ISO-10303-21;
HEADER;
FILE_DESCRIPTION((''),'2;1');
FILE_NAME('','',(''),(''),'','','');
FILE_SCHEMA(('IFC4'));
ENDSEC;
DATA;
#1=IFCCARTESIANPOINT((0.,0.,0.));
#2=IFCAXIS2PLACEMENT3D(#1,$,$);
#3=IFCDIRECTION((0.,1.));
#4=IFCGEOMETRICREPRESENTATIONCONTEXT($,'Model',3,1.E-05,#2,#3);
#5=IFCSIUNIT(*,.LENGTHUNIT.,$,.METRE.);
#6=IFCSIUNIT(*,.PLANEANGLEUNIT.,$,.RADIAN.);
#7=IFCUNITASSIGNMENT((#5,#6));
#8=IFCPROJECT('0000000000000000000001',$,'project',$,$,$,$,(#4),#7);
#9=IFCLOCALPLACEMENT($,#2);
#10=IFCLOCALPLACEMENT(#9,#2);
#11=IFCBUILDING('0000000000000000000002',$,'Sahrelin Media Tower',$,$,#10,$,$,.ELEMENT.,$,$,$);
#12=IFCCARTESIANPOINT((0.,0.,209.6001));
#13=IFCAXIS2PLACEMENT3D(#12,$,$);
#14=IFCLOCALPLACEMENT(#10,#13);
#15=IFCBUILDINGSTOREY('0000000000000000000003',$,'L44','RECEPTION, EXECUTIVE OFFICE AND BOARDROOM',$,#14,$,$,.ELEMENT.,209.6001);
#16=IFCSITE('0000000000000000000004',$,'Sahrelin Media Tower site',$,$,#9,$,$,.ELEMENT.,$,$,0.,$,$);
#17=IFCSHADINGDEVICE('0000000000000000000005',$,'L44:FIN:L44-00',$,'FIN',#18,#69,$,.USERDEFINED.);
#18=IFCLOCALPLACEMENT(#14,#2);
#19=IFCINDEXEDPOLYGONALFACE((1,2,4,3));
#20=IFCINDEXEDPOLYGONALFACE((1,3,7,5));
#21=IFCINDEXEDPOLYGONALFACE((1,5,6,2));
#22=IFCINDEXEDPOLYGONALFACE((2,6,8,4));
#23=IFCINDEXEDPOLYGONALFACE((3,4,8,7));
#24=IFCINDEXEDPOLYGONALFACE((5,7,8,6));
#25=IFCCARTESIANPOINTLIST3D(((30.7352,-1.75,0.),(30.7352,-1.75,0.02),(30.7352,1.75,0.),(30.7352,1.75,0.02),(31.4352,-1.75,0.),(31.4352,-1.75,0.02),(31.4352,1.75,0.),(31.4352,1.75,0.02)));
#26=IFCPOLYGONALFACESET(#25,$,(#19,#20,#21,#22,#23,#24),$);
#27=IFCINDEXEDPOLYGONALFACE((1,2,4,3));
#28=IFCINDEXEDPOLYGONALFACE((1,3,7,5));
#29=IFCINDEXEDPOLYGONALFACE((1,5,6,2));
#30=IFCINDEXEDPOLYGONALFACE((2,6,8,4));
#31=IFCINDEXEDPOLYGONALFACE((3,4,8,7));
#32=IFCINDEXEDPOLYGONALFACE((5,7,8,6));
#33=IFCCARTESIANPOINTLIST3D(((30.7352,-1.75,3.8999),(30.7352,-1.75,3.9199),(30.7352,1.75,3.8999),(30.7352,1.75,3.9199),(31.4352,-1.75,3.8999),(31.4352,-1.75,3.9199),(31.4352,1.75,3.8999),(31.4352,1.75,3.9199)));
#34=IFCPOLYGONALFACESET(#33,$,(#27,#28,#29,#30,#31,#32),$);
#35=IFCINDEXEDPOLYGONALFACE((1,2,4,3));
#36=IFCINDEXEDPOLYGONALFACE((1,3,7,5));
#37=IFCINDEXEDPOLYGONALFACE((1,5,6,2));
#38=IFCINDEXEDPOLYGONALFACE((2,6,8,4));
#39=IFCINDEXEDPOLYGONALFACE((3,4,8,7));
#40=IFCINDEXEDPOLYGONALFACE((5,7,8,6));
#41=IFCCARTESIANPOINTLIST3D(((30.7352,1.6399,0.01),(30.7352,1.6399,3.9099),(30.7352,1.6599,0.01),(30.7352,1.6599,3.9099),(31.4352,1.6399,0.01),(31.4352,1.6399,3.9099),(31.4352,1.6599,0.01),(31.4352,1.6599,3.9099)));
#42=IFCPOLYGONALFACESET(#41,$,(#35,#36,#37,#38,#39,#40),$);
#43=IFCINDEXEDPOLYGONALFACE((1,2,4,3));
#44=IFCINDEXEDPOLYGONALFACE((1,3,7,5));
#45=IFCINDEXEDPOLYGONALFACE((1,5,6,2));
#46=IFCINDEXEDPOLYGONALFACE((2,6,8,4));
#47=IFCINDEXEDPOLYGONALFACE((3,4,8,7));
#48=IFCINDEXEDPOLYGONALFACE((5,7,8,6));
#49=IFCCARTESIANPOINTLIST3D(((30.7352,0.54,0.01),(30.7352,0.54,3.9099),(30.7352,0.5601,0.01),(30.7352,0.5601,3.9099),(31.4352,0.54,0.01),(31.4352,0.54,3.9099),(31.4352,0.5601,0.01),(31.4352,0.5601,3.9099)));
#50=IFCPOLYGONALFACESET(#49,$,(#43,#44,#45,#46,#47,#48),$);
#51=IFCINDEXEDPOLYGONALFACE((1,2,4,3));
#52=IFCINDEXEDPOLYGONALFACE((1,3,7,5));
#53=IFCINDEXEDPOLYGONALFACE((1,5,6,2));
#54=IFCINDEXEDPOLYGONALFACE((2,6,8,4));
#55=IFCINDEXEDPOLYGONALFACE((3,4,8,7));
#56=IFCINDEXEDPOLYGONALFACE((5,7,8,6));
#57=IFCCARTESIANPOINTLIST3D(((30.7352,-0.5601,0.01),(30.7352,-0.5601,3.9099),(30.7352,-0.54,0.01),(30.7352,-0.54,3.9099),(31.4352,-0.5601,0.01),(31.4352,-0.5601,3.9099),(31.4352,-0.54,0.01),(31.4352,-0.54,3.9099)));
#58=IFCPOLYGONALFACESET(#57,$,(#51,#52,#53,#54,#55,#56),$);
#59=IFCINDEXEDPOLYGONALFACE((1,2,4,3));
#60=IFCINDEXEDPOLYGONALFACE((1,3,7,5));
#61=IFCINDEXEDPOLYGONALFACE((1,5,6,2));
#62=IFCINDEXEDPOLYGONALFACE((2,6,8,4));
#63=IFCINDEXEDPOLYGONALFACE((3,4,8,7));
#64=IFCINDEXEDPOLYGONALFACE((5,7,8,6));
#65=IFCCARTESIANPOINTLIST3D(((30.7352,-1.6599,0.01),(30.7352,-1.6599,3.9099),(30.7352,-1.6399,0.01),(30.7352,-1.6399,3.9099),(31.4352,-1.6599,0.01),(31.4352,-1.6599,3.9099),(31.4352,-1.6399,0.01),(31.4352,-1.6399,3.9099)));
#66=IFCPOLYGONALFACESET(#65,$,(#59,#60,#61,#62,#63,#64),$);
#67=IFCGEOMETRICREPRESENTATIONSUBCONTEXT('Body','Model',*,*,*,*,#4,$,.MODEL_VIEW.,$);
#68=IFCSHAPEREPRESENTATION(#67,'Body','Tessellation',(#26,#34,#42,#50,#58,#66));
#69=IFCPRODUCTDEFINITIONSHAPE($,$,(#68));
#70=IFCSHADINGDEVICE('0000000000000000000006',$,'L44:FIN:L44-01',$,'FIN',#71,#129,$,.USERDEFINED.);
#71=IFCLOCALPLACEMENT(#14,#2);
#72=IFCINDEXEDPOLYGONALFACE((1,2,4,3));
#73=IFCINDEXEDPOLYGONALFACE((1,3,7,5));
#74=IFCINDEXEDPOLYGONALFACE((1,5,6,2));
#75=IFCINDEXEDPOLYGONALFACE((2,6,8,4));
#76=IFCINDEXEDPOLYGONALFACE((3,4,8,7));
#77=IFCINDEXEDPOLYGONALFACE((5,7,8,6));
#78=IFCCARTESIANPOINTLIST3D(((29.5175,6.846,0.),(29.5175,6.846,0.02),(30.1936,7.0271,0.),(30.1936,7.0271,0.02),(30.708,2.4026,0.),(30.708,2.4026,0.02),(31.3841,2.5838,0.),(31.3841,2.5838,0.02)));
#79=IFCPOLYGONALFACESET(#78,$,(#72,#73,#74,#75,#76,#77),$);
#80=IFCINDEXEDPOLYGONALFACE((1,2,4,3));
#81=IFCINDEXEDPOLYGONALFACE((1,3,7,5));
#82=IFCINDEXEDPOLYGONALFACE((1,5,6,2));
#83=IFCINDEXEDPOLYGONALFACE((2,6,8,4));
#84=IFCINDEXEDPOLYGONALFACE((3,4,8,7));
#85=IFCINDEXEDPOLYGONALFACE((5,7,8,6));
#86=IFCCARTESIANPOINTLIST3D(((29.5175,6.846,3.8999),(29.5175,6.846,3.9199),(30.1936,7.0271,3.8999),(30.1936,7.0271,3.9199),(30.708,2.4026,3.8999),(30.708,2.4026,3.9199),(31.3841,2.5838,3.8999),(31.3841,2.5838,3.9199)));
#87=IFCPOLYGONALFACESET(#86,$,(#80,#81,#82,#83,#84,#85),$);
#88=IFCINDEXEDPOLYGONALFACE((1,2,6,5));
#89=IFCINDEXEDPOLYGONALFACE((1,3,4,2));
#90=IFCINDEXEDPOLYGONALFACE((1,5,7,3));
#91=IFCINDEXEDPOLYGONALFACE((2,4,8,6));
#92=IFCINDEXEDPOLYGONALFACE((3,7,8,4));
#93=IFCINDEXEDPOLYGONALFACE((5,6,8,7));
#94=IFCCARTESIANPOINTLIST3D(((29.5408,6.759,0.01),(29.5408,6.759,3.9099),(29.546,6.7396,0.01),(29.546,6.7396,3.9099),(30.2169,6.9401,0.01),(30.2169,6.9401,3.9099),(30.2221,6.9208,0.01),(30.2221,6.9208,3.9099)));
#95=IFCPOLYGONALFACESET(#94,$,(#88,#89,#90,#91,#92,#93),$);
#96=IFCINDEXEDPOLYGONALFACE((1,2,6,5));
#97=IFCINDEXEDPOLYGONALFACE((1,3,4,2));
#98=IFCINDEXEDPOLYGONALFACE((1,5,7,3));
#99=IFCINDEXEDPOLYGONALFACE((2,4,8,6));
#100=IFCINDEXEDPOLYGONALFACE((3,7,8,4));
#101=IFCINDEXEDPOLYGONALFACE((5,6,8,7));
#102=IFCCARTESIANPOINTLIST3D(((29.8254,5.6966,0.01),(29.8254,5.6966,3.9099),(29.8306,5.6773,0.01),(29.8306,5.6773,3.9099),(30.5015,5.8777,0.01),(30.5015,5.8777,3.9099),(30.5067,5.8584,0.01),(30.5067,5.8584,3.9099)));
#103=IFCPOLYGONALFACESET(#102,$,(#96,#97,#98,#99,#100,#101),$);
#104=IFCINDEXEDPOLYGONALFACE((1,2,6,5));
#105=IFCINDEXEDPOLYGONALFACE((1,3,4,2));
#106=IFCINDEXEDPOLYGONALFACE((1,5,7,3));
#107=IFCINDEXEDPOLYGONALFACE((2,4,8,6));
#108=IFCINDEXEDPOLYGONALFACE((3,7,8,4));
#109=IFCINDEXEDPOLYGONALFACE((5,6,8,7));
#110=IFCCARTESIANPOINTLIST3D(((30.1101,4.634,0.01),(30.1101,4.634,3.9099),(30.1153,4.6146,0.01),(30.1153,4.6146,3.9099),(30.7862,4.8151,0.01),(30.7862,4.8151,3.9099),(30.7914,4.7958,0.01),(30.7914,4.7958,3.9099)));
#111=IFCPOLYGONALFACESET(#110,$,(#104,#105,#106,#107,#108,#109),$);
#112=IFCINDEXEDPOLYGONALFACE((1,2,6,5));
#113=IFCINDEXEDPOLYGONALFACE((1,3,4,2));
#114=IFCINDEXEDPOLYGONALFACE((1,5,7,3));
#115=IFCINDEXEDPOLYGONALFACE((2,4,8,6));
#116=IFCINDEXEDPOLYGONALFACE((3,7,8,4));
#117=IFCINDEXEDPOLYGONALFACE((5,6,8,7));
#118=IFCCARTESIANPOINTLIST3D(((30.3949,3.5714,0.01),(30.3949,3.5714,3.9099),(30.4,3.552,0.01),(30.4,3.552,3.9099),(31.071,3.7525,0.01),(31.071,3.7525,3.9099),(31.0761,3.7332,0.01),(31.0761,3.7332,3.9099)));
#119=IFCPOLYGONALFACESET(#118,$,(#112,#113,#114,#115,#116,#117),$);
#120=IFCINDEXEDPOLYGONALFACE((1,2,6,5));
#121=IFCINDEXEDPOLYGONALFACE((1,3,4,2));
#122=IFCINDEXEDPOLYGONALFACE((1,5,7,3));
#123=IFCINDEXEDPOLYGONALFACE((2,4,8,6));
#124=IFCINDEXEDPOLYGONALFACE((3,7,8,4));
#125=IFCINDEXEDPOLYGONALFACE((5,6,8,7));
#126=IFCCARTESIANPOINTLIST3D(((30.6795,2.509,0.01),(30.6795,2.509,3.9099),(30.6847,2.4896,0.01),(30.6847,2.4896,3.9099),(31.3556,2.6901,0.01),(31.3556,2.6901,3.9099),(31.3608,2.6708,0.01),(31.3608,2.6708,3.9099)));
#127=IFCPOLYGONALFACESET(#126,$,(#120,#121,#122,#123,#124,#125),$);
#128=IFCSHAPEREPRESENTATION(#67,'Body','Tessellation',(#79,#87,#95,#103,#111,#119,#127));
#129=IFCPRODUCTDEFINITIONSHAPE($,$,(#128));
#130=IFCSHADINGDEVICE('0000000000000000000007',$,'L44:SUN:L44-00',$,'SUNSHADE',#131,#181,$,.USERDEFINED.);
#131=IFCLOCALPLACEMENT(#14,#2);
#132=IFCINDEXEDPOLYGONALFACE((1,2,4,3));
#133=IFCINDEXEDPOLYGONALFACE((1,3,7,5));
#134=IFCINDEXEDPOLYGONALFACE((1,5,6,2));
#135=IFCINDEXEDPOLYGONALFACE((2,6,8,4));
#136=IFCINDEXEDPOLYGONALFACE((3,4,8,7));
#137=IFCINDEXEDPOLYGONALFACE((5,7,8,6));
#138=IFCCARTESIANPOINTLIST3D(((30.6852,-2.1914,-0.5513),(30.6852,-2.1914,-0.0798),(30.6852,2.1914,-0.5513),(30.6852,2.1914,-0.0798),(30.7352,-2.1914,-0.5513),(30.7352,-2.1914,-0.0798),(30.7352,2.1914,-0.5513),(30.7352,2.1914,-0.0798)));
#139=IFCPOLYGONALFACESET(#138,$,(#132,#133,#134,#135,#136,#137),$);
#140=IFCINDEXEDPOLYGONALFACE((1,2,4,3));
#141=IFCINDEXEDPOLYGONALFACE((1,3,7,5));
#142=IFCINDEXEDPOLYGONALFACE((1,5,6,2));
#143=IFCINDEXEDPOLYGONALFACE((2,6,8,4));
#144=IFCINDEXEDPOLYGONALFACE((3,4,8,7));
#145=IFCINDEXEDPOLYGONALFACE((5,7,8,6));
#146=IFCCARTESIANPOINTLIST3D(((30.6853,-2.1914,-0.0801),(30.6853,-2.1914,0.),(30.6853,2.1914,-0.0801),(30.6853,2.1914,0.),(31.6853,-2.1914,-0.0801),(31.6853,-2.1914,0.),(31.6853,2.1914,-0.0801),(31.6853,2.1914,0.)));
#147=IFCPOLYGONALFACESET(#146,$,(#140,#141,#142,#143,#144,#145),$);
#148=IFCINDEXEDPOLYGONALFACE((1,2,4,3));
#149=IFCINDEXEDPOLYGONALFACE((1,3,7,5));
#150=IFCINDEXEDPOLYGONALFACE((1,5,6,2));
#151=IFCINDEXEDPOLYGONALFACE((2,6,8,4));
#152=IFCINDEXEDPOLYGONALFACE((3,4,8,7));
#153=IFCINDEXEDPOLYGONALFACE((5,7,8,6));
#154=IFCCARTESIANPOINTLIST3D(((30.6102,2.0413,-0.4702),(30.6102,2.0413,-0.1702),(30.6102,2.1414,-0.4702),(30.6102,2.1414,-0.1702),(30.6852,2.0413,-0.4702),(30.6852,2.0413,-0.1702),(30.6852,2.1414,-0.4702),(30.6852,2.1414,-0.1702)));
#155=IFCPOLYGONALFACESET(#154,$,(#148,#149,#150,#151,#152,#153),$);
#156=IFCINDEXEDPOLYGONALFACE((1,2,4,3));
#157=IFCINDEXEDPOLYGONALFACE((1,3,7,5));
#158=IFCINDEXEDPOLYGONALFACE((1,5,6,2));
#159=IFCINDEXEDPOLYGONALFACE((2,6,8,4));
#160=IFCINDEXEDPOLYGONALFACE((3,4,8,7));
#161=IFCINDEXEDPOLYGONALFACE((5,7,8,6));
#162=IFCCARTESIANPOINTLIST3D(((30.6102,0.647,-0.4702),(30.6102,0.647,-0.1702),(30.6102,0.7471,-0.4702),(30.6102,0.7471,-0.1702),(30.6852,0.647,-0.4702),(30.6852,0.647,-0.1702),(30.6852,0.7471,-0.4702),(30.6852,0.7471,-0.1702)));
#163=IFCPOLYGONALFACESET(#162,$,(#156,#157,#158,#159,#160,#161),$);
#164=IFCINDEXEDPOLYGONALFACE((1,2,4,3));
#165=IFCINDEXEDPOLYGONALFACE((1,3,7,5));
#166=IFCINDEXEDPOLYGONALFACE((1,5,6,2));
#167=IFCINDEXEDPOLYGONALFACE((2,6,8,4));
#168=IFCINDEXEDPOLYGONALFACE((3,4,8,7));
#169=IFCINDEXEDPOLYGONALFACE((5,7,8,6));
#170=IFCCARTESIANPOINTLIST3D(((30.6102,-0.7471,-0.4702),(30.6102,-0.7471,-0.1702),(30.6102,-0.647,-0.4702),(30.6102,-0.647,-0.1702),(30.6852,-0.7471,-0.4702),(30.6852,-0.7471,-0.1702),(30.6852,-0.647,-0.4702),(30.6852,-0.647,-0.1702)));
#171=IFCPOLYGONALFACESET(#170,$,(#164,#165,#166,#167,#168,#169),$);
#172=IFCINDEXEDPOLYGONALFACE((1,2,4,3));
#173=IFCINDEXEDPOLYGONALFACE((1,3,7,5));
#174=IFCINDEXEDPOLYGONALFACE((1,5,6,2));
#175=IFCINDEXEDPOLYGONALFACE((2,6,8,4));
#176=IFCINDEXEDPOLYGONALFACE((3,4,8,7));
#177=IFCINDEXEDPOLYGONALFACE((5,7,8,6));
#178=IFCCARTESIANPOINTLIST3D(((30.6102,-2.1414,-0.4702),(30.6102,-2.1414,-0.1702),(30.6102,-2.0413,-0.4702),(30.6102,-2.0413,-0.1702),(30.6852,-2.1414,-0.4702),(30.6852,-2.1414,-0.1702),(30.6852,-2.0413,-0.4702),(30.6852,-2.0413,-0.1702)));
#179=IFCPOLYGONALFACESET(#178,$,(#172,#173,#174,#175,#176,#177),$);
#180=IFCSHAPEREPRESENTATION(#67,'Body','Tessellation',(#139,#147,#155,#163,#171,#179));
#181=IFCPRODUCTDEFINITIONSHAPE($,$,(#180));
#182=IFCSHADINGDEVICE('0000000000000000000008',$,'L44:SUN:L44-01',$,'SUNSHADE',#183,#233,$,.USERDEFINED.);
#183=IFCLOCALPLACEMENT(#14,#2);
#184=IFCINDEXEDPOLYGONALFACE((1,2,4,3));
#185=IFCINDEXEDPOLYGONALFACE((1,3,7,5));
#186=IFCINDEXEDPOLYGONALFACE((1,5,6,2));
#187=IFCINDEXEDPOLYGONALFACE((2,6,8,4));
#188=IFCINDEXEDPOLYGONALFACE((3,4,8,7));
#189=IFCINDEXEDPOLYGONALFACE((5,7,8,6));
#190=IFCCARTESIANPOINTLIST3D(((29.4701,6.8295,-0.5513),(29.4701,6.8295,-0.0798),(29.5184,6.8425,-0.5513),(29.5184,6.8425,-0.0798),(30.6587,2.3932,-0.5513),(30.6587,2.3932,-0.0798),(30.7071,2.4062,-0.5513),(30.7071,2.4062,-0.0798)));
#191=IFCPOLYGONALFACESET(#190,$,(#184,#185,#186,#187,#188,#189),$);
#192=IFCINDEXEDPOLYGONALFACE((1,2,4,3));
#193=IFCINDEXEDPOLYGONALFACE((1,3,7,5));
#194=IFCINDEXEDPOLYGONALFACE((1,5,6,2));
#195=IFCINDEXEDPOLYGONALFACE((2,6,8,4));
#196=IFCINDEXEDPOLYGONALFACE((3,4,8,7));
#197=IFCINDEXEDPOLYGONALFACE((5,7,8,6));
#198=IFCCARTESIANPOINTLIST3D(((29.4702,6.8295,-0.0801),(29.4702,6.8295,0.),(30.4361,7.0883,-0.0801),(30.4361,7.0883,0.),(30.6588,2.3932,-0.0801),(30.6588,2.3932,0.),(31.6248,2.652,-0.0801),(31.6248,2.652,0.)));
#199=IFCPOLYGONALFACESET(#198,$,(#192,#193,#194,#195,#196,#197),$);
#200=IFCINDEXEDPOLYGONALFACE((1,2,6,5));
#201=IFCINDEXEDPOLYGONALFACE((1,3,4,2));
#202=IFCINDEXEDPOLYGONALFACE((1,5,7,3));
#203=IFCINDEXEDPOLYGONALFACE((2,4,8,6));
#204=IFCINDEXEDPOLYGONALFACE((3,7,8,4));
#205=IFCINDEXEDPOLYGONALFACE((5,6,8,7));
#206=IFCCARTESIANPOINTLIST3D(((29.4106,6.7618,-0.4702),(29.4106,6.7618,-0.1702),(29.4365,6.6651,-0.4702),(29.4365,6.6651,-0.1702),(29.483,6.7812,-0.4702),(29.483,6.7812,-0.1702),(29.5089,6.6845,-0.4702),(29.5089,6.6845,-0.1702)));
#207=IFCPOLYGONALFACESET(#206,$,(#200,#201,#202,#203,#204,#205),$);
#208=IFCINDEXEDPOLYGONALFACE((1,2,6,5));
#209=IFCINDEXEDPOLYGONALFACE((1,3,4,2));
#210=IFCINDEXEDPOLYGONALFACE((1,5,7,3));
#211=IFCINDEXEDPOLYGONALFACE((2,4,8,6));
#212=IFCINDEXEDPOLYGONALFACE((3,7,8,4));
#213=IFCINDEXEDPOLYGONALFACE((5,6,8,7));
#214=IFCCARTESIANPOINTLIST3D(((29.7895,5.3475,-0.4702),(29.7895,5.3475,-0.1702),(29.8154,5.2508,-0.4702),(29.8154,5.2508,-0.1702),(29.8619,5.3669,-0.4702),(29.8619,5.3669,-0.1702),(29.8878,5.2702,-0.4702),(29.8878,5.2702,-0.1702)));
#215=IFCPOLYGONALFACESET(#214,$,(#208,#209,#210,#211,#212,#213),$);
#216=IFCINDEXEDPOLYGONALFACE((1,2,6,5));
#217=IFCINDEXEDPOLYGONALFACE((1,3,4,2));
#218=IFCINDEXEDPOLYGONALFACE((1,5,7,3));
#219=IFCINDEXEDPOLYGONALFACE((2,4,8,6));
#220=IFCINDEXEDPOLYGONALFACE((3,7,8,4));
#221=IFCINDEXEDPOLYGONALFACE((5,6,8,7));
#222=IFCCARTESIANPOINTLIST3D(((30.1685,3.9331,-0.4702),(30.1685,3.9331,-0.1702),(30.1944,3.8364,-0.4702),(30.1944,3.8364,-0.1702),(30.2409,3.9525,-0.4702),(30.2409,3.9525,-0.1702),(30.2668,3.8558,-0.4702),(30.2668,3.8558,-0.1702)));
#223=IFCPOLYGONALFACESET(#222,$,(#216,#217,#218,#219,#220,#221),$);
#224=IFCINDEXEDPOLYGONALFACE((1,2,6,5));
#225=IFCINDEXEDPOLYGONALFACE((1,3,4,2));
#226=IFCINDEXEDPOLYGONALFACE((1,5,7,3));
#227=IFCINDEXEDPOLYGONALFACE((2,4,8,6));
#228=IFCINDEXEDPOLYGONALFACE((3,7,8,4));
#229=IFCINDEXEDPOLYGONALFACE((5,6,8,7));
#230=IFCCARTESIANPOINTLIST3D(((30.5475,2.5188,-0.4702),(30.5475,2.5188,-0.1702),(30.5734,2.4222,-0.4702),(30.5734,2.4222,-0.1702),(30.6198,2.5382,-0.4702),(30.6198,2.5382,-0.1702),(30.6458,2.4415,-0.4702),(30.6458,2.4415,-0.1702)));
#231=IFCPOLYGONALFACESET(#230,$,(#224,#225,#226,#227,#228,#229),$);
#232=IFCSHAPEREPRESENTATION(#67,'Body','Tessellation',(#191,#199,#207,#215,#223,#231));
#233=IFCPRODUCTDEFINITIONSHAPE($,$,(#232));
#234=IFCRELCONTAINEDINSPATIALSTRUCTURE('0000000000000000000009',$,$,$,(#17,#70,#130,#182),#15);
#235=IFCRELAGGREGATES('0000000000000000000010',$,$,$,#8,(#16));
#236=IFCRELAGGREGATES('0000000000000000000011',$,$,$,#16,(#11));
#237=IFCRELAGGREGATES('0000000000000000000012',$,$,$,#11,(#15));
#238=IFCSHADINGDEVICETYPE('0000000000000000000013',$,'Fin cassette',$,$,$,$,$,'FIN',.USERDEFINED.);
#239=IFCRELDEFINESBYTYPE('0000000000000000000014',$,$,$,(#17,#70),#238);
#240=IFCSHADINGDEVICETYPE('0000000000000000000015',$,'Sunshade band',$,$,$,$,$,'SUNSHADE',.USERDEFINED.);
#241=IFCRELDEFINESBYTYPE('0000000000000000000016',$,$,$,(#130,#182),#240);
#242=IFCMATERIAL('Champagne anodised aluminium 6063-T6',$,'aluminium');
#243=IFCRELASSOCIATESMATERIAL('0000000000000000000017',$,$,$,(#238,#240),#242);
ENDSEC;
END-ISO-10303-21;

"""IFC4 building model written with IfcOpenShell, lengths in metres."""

from ifc_helpers import new_model, si_unit, direction, frame, origin, origin_2d, place, context, subcontext, project, spatial, rectangle, extrude, material, type_object, element, save


model = new_model("IFC4")

# Units and contexts
model_context = context("Model", 3, precision=1e-05, world=origin(), true_north=direction((0.0, 1.0)))
body_context = subcontext(model_context, "Body", "Model", "MODEL_VIEW")
ifc_project = project(units=[si_unit("LENGTHUNIT", "METRE"), si_unit("PLANEANGLEUNIT", "RADIAN")], contexts=[model_context])

# Site, building, storey
site_placement = place(None, origin())
site = spatial("IfcSite", under=ifc_project, at=site_placement, Name="Sahrelin Media Tower site", CompositionType="ELEMENT", RefElevation=0.0)
building_placement = place(site_placement, origin())
building = spatial("IfcBuilding", under=site, at=building_placement, Name="Sahrelin Media Tower", CompositionType="ELEMENT")
storey_placement = place(building_placement, frame((0.0, 0.0, 209.6001)))
storey = spatial("IfcBuildingStorey", under=building, at=storey_placement, Name="L44", Description="RECEPTION, EXECUTIVE OFFICE AND BOARDROOM", CompositionType="ELEMENT", Elevation=209.6001)

# Shared definitions
ifc_material_1 = material(Name="Champagne anodised aluminium 6063-T6", Category="aluminium")

# Shading devices
shading_device_type_1 = type_object("IfcShadingDeviceType", Name="Fin cassette", ElementType="FIN", PredefinedType="USERDEFINED", material=ifc_material_1)
placement_1 = place(storey_placement, frame((30.6653, 0.0, 0.0), z_axis=(0.0, 0.0, 1.0), x_axis=(0.0, -1.0, 0.0)))
element("IfcShadingDevice", 1, at=placement_1, inside=storey, type_object=shading_device_type_1, Name="L44:FIN:L44-00", ObjectType="FIN", PredefinedType="USERDEFINED", context=body_context, shape_type="SweptSolid", body=[
    extrude(rectangle(XDim=3.5, YDim=0.7, at=origin_2d()), frame((0.0, 0.4199, 0.0)), (0.0, 0.0, 1.0), 0.02),
    extrude(rectangle(XDim=3.5, YDim=0.7, at=origin_2d()), frame((0.0, 0.4199, 3.8999)), (0.0, 0.0, 1.0), 0.02),
    extrude(rectangle(XDim=0.02, YDim=0.7, at=origin_2d()), frame((-1.6499, 0.4199, 0.01), z_axis=(0.0, 0.0, 1.0), x_axis=(1.0, 0.0, 0.0)), (0.0, 0.0, 1.0), 3.8999),
    extrude(rectangle(XDim=0.02, YDim=0.7, at=origin_2d()), frame((-0.55, 0.4199, 0.01), z_axis=(0.0, 0.0, 1.0), x_axis=(1.0, 0.0, 0.0)), (0.0, 0.0, 1.0), 3.8999),
    extrude(rectangle(XDim=0.02, YDim=0.7, at=origin_2d()), frame((0.55, 0.4199, 0.01), z_axis=(0.0, 0.0, 1.0), x_axis=(1.0, 0.0, 0.0)), (0.0, 0.0, 1.0), 3.8999),
    extrude(rectangle(XDim=0.02, YDim=0.7, at=origin_2d()), frame((1.6499, 0.4199, 0.01), z_axis=(0.0, 0.0, 1.0), x_axis=(1.0, 0.0, 0.0)), (0.0, 0.0, 1.0), 3.8999),
])
placement_2 = place(storey_placement, frame((30.0452, 4.6062, 0.0), z_axis=(0.0, 0.0, 1.0), x_axis=(0.258808, -0.965929, 0.0)))
element("IfcShadingDevice", 2, at=placement_2, inside=storey, type_object=shading_device_type_1, Name="L44:FIN:L44-01", ObjectType="FIN", PredefinedType="USERDEFINED", context=body_context, shape_type="SweptSolid", body=[
    extrude(rectangle(XDim=4.6001, YDim=0.7, at=origin_2d()), frame((0.0, 0.4199, 0.0)), (0.0, 0.0, 1.0), 0.02),
    extrude(rectangle(XDim=4.6001, YDim=0.7, at=origin_2d()), frame((0.0, 0.4199, 3.8999)), (0.0, 0.0, 1.0), 0.02),
    extrude(rectangle(XDim=0.02, YDim=0.7, at=origin_2d()), frame((-2.2, 0.4199, 0.01), z_axis=(0.0, 0.0, 1.0), x_axis=(1.0, 0.0, 0.0)), (0.0, 0.0, 1.0), 3.8999),
    extrude(rectangle(XDim=0.02, YDim=0.7, at=origin_2d()), frame((-1.1001, 0.4199, 0.01), z_axis=(0.0, 0.0, 1.0), x_axis=(1.0, 0.0, 0.0)), (0.0, 0.0, 1.0), 3.8999),
    extrude(rectangle(XDim=0.02, YDim=0.7, at=origin_2d()), frame((0.0, 0.4199, 0.01), z_axis=(0.0, 0.0, 1.0), x_axis=(1.0, 0.0, 0.0)), (0.0, 0.0, 1.0), 3.8999),
    extrude(rectangle(XDim=0.02, YDim=0.7, at=origin_2d()), frame((1.1001, 0.4199, 0.01), z_axis=(0.0, 0.0, 1.0), x_axis=(1.0, 0.0, 0.0)), (0.0, 0.0, 1.0), 3.8999),
    extrude(rectangle(XDim=0.02, YDim=0.7, at=origin_2d()), frame((2.2, 0.4199, 0.01), z_axis=(0.0, 0.0, 1.0), x_axis=(1.0, 0.0, 0.0)), (0.0, 0.0, 1.0), 3.8999),
])
shading_device_type_2 = type_object("IfcShadingDeviceType", Name="Sunshade band", ElementType="SUNSHADE", PredefinedType="USERDEFINED", material=ifc_material_1)
element("IfcShadingDevice", 3, at=placement_1, inside=storey, type_object=shading_device_type_2, Name="L44:SUN:L44-00", ObjectType="SUNSHADE", PredefinedType="USERDEFINED", context=body_context, shape_type="SweptSolid", body=[
    extrude(rectangle(XDim=4.3828, YDim=0.05, at=origin_2d()), frame((0.0, 0.0449, -0.5513)), (0.0, 0.0, 1.0), 0.4714),
    extrude(rectangle(XDim=4.3828, YDim=1.0, at=origin_2d()), frame((0.0, 0.52, -0.0801)), (0.0, 0.0, 1.0), 0.0801),
    extrude(rectangle(XDim=0.1001, YDim=0.075, at=origin_2d()), frame((-2.0913, -0.0176, -0.4702)), (0.0, 0.0, 1.0), 0.3),
    extrude(rectangle(XDim=0.1001, YDim=0.075, at=origin_2d()), frame((-0.697, -0.0176, -0.4702)), (0.0, 0.0, 1.0), 0.3),
    extrude(rectangle(XDim=0.1001, YDim=0.075, at=origin_2d()), frame((0.697, -0.0176, -0.4702)), (0.0, 0.0, 1.0), 0.3),
    extrude(rectangle(XDim=0.1001, YDim=0.075, at=origin_2d()), frame((2.0913, -0.0176, -0.4702)), (0.0, 0.0, 1.0), 0.3),
])
element("IfcShadingDevice", 4, at=placement_2, inside=storey, type_object=shading_device_type_2, Name="L44:SUN:L44-01", ObjectType="SUNSHADE", PredefinedType="USERDEFINED", context=body_context, shape_type="SweptSolid", body=[
    extrude(rectangle(XDim=4.5928, YDim=0.05, at=origin_2d()), frame((0.0, 0.0449, -0.5513)), (0.0, 0.0, 1.0), 0.4714),
    extrude(rectangle(XDim=4.5928, YDim=1.0, at=origin_2d()), frame((0.0, 0.52, -0.0801)), (0.0, 0.0, 1.0), 0.0801),
    extrude(rectangle(XDim=0.1001, YDim=0.075, at=origin_2d()), frame((-2.1963, -0.0176, -0.4702)), (0.0, 0.0, 1.0), 0.3),
    extrude(rectangle(XDim=0.1001, YDim=0.075, at=origin_2d()), frame((-0.7322, -0.0176, -0.4702)), (0.0, 0.0, 1.0), 0.3),
    extrude(rectangle(XDim=0.1001, YDim=0.075, at=origin_2d()), frame((0.7322, -0.0176, -0.4702)), (0.0, 0.0, 1.0), 0.3),
    extrude(rectangle(XDim=0.1001, YDim=0.075, at=origin_2d()), frame((2.1963, -0.0176, -0.4702)), (0.0, 0.0, 1.0), 0.3),
])

save(model, "model.ifc")
